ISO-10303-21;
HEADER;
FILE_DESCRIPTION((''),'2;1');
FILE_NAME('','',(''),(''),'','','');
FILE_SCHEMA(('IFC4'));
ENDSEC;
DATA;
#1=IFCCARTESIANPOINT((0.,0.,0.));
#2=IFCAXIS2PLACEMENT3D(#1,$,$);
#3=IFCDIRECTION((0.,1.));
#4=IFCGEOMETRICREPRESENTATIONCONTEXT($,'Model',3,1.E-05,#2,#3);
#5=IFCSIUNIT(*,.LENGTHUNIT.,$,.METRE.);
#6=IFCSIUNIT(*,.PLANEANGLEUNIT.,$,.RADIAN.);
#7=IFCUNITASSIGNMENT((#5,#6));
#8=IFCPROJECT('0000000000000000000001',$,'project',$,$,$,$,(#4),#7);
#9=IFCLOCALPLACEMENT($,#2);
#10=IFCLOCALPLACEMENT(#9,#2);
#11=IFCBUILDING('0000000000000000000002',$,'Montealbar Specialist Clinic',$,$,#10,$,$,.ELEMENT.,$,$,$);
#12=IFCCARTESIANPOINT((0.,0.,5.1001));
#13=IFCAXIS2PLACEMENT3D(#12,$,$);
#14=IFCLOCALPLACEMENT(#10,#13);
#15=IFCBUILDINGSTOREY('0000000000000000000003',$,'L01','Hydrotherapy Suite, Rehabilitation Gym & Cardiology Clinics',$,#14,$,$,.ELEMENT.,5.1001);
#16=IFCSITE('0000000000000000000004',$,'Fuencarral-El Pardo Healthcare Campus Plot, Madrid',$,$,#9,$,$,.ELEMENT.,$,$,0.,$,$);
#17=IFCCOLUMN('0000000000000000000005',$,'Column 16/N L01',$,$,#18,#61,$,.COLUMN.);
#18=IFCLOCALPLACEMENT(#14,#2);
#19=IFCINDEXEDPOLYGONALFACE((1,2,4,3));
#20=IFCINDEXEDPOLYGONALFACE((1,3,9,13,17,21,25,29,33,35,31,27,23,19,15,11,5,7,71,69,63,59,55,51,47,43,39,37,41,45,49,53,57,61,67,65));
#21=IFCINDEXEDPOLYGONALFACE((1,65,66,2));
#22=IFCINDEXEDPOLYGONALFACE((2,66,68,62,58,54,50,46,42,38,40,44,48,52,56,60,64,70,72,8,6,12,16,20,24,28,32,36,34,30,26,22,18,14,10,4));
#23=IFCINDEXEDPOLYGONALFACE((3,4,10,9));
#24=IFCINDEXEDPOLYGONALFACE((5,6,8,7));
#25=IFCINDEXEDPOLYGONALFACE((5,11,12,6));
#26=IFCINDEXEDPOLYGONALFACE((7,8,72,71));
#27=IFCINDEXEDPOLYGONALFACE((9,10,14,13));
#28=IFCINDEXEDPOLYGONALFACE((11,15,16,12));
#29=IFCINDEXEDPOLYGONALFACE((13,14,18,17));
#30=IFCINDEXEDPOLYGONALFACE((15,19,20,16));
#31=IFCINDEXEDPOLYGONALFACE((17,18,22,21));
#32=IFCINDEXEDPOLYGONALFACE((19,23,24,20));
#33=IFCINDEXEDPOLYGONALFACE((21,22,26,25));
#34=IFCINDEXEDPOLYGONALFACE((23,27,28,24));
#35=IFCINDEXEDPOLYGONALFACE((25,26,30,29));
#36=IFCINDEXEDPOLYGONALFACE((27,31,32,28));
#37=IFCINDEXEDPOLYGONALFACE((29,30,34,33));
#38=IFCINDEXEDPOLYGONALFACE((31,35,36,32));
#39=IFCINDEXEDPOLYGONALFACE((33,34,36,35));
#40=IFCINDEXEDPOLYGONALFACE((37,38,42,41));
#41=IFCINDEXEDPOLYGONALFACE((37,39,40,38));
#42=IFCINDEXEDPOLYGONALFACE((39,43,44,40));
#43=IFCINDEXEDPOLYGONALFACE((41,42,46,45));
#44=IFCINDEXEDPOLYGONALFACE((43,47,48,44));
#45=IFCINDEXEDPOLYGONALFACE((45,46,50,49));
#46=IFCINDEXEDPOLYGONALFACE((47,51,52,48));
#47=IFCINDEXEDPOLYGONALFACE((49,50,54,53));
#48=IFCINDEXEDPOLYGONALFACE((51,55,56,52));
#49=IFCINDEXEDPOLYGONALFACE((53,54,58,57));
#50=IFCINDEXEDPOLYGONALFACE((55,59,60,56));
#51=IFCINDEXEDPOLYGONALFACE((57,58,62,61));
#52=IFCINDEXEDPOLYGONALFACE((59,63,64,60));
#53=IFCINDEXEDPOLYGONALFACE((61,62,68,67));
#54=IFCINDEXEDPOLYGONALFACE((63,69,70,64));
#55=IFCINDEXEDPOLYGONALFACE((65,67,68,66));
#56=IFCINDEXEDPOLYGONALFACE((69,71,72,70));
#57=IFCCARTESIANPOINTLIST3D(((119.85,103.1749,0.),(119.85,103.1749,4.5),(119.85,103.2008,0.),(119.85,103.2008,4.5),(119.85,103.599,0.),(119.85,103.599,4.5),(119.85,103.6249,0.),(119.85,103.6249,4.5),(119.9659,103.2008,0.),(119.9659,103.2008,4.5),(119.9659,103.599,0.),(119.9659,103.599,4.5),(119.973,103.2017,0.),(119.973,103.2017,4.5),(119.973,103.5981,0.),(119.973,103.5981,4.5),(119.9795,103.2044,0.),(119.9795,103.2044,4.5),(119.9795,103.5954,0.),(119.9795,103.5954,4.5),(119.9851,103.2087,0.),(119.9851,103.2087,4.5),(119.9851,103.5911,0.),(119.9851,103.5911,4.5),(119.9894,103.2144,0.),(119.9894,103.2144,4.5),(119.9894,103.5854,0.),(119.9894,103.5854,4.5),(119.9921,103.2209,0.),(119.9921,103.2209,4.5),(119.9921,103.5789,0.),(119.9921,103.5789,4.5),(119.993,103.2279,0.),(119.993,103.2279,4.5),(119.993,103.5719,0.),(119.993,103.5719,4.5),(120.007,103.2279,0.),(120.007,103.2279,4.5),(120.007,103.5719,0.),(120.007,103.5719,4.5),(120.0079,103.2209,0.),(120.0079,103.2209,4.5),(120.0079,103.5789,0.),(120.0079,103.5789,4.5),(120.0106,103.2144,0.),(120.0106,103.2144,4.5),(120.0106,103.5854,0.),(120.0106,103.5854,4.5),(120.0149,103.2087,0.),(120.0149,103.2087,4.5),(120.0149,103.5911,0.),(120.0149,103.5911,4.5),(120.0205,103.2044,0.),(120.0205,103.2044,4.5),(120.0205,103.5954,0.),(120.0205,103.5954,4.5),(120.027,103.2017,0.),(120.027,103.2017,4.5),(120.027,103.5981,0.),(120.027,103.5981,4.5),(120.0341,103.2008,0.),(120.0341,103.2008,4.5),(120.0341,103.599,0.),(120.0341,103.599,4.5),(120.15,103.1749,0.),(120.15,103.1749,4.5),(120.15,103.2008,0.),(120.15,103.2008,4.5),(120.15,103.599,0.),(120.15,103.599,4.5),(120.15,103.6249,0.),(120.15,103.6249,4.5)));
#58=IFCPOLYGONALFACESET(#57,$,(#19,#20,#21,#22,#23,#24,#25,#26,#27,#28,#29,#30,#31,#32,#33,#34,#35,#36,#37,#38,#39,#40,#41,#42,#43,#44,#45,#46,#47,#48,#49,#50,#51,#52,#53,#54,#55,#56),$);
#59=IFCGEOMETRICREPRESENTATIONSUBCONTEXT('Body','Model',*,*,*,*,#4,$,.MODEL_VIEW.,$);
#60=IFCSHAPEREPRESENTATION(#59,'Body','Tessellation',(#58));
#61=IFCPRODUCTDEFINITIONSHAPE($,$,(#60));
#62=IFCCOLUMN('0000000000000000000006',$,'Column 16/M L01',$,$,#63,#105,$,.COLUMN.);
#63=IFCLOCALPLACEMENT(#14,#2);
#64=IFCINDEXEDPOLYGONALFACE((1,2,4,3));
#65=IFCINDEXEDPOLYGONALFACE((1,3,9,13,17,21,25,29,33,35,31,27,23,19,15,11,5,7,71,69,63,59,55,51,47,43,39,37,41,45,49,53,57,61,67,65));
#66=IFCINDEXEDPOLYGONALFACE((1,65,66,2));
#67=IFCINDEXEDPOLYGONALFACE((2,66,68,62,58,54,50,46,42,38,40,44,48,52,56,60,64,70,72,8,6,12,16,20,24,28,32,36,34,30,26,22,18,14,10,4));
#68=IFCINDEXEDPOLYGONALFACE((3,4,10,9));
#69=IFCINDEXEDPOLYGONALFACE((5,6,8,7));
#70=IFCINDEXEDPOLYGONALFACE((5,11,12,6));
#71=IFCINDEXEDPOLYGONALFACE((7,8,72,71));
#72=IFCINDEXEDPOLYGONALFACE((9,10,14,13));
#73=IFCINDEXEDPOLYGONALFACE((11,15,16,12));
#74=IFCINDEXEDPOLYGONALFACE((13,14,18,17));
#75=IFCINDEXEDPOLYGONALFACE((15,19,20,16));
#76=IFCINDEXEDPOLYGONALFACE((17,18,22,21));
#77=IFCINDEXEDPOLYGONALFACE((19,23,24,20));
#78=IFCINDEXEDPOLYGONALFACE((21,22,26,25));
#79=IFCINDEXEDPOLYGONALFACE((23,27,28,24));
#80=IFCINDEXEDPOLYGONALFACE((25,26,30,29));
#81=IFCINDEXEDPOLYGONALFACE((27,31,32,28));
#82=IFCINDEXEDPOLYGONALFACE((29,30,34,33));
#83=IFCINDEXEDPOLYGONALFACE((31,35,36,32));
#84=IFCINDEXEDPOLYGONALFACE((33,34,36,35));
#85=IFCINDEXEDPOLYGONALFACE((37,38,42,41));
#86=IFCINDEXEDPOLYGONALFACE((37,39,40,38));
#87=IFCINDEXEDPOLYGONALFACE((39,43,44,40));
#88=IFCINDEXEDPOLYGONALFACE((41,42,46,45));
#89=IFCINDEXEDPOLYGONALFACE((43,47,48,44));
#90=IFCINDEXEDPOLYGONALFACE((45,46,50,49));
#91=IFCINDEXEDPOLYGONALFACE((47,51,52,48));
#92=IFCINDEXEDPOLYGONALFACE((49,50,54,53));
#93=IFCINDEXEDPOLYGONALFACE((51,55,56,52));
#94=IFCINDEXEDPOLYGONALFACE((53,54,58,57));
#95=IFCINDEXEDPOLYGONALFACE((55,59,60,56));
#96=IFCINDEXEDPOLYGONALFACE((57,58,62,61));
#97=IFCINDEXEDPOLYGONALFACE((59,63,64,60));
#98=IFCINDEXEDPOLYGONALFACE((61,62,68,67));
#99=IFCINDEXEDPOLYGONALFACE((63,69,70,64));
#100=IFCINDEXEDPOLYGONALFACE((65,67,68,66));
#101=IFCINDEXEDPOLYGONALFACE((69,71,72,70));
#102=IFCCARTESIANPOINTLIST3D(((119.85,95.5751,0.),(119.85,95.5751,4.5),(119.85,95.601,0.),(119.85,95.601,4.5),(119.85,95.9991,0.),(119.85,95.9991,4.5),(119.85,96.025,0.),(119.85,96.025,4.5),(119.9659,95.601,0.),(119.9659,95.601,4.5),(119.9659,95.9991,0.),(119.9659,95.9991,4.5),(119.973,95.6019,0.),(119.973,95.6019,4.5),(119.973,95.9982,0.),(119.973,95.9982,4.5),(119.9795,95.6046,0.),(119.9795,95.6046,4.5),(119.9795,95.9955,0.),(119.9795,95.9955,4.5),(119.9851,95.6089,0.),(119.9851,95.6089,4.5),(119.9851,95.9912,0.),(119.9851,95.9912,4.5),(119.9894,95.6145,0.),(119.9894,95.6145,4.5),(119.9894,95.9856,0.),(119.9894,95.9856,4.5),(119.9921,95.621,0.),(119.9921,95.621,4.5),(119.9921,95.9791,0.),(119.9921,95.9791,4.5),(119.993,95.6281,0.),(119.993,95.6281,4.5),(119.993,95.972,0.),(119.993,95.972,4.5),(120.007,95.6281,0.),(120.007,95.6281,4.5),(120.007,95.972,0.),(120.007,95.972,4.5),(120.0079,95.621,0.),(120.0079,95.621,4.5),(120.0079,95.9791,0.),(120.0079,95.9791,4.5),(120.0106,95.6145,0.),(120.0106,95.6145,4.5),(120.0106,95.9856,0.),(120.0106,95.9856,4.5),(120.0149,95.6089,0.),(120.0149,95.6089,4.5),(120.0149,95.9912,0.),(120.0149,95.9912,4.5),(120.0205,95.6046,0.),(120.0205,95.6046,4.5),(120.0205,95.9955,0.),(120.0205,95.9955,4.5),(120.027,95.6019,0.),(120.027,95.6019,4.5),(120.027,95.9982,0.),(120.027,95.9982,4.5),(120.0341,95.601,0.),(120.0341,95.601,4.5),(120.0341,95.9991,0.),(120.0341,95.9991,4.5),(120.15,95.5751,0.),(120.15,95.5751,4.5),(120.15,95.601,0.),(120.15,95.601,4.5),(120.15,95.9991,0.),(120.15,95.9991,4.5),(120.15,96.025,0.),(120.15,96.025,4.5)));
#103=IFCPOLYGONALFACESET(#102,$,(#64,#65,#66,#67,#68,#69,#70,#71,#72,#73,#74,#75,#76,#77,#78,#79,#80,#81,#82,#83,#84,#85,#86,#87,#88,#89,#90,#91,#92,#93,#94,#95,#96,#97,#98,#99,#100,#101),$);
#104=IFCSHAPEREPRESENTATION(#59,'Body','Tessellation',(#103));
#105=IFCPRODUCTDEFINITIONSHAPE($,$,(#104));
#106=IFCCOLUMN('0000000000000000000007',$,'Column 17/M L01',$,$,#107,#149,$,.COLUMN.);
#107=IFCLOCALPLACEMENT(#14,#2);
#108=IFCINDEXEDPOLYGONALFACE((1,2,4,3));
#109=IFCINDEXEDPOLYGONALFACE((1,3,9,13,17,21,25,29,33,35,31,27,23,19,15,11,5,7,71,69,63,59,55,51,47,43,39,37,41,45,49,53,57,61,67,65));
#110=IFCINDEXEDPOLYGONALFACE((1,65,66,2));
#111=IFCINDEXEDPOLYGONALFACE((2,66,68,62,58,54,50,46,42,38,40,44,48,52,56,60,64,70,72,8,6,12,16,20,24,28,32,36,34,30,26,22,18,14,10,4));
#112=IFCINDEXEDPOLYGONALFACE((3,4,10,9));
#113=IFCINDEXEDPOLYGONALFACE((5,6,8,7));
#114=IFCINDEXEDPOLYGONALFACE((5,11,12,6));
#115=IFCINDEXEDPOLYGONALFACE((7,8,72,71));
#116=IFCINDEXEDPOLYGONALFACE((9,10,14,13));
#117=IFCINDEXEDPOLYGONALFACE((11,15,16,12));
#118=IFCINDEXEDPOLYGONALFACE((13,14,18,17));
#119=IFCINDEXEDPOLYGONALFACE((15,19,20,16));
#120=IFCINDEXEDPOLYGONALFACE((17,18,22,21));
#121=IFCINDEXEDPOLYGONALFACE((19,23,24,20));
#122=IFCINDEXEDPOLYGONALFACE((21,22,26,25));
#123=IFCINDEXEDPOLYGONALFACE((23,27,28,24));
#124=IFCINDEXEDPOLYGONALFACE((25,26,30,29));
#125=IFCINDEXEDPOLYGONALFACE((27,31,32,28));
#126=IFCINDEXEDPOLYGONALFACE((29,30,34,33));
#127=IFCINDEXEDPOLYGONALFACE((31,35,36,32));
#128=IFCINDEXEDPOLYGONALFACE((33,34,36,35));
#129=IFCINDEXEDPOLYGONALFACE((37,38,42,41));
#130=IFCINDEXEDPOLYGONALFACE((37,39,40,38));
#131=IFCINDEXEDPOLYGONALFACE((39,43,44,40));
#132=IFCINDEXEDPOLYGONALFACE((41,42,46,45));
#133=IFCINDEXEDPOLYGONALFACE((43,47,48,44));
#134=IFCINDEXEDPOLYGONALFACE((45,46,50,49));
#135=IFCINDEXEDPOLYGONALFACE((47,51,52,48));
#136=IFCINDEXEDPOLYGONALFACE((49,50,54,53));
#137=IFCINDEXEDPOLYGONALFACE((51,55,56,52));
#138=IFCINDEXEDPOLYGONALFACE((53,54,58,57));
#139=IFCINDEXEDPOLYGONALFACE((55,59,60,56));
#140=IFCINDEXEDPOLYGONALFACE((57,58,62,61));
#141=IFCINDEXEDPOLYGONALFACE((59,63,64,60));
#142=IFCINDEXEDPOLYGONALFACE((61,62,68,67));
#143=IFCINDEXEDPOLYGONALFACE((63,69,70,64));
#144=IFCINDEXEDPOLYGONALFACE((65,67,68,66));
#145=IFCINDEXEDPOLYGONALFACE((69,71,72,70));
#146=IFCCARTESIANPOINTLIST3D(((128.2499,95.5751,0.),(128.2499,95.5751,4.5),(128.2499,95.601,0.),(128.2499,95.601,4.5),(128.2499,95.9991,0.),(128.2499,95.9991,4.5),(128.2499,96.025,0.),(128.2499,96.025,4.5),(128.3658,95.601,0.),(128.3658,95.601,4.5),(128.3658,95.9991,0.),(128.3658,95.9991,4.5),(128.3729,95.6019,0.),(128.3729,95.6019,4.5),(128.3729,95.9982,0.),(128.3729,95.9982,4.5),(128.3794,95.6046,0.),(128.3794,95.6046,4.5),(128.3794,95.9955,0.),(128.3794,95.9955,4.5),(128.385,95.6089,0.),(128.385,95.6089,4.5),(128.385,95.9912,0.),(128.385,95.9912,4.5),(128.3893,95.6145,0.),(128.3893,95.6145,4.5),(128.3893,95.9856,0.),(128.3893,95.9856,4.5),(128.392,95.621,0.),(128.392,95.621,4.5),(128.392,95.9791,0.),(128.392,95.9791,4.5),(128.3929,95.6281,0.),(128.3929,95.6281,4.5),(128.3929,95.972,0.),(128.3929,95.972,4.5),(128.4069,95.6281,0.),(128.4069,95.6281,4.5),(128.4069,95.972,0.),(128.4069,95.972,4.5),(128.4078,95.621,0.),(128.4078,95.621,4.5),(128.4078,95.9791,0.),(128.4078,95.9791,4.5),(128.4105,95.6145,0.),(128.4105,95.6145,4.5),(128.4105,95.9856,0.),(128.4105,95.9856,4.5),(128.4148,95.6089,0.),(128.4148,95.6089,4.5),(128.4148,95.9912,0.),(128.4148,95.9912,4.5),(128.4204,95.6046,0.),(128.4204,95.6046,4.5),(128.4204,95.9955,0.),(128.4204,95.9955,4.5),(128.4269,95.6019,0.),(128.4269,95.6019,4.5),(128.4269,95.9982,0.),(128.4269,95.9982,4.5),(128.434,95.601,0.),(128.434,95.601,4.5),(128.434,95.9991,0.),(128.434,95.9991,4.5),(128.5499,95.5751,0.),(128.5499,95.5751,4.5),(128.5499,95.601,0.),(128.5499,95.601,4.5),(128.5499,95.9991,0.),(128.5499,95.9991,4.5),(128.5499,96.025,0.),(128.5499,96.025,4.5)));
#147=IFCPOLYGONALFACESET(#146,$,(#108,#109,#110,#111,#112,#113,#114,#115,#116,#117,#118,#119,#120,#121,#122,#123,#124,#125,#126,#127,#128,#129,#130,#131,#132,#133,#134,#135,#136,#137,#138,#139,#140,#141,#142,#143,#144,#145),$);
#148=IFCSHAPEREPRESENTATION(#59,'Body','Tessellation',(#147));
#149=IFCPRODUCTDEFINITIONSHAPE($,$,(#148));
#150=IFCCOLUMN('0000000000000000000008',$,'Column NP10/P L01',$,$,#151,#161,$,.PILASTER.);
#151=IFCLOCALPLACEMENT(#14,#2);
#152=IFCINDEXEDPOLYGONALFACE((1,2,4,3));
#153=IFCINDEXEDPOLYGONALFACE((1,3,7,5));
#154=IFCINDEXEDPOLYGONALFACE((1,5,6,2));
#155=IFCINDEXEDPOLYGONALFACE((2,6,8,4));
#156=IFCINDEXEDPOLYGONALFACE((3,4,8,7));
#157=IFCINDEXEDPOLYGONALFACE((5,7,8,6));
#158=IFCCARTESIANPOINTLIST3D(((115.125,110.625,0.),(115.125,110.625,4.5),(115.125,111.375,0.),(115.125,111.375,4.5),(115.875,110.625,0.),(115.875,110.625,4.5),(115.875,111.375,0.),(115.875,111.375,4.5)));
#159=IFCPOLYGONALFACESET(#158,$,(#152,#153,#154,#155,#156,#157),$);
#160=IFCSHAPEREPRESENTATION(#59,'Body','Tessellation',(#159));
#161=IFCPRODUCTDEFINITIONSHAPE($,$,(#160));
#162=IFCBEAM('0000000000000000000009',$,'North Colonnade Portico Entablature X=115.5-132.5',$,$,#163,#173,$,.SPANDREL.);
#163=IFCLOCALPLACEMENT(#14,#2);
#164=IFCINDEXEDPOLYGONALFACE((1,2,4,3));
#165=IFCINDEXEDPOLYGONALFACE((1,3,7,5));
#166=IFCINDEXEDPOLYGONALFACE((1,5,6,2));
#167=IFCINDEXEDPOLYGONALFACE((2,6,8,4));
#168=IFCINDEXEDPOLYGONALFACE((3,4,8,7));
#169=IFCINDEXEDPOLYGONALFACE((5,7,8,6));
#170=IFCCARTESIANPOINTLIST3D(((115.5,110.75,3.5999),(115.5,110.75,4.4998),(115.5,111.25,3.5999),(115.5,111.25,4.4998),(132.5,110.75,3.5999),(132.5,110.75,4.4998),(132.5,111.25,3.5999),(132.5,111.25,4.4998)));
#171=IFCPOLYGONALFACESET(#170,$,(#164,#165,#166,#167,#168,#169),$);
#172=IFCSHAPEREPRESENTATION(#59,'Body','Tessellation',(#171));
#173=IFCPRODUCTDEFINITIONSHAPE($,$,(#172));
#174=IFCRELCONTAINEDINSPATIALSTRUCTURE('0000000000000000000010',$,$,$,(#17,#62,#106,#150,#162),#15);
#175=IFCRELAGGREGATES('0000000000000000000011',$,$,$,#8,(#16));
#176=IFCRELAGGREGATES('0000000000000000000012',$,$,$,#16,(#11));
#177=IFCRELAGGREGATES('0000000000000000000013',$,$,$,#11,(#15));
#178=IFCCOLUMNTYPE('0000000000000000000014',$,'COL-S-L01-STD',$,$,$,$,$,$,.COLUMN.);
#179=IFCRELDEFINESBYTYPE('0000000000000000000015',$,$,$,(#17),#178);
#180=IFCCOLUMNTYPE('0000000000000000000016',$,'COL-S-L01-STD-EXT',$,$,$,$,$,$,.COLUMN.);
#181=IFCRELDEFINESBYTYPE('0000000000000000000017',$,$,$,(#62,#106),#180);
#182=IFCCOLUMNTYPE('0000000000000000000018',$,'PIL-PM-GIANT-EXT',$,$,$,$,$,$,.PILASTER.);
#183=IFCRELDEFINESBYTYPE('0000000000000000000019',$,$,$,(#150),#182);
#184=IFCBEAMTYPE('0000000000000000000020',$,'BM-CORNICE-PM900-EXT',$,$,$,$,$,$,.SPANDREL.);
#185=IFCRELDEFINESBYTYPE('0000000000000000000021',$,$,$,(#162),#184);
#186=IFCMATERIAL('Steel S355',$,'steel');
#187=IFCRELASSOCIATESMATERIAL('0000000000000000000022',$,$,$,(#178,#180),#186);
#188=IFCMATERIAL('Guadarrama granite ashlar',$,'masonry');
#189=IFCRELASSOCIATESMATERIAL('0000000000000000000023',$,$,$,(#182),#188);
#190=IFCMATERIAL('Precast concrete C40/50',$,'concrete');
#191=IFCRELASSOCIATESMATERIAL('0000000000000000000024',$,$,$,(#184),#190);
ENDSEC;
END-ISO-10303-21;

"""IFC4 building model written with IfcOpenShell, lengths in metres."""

from ifc_helpers import new_model, si_unit, direction, frame, origin, origin_2d, place, context, subcontext, project, spatial, rectangle, i_section, extrude, material, material_profile, profile_set, type_object, element, save


model = new_model("IFC4")

# Units and contexts
model_context = context("Model", 3, precision=1e-05, world=origin(), true_north=direction((0.0, 1.0)))
body_context = subcontext(model_context, "Body", "Model", "MODEL_VIEW")
ifc_project = project(units=[si_unit("LENGTHUNIT", "METRE"), si_unit("PLANEANGLEUNIT", "RADIAN")], contexts=[model_context])

# Site, building, storey
site_placement = place(None, origin())
site = spatial("IfcSite", under=ifc_project, at=site_placement, Name="Fuencarral-El Pardo Healthcare Campus Plot, Madrid", CompositionType="ELEMENT", RefElevation=0.0)
building_placement = place(site_placement, origin())
building = spatial("IfcBuilding", under=site, at=building_placement, Name="Montealbar Specialist Clinic", CompositionType="ELEMENT")
storey_placement = place(building_placement, frame((0.0, 0.0, 5.1001)))
storey = spatial("IfcBuildingStorey", under=building, at=storey_placement, Name="L01", Description="Hydrotherapy Suite, Rehabilitation Gym & Cardiology Clinics", CompositionType="ELEMENT", Elevation=5.1001)

# Columns
ifc_material_1 = material(Name="Steel S355", Category="steel")
ifc_material_profile_1 = material_profile(ifc_material_1, i_section(OverallWidth=0.3, OverallDepth=0.45, WebThickness=0.0139, FlangeThickness=0.0259, FilletRadius=0.0271, at=origin_2d()), Name="HEB 450", Category="steel")
ifc_profile_set_1 = profile_set([ifc_material_profile_1], Name="Steel S355")
column_type_1 = type_object("IfcColumnType", Name="COL-S-L01-STD", PredefinedType="COLUMN", material=ifc_profile_set_1)
column_1_placement = place(storey_placement, frame((120.0, 103.3999, 0.0), z_axis=(0.0, 0.0, 1.0), x_axis=(1.0, 0.0, 0.0)))
element("IfcColumn", 1, at=column_1_placement, inside=storey, type_object=column_type_1, Name="Column 16/N L01", PredefinedType="COLUMN", context=body_context, shape_type="SweptSolid", body=[
    extrude(i_section(OverallWidth=0.3, OverallDepth=0.45, WebThickness=0.0139, FlangeThickness=0.0259, FilletRadius=0.0271, at=origin_2d()), origin(), (0.0, 0.0, 1.0), 4.5),
])
ifc_material_profile_2 = material_profile(ifc_material_1, i_section(OverallWidth=0.3, OverallDepth=0.45, WebThickness=0.0139, FlangeThickness=0.0259, FilletRadius=0.0271, at=origin_2d()), Name="HEB 450", Category="steel")
ifc_profile_set_2 = profile_set([ifc_material_profile_2], Name="Steel S355")
column_type_2 = type_object("IfcColumnType", Name="COL-S-L01-STD-EXT", PredefinedType="COLUMN", material=ifc_profile_set_2)
for number, where, z_axis, x_axis, name in (
    (2, (120.0, 95.8, 0.0), (0.0, 0.0, 1.0), (1.0, 0.0, 0.0), "Column 16/M L01"),
    (3, (128.3999, 95.8, 0.0), (0.0, 0.0, 1.0), (1.0, 0.0, 0.0), "Column 17/M L01"),
):
    element("IfcColumn", number, at=place(storey_placement, frame(where, z_axis=z_axis, x_axis=x_axis)), inside=storey, type_object=column_type_2, Name=name, PredefinedType="COLUMN", context=body_context, shape_type="SweptSolid", body=[
        extrude(i_section(OverallWidth=0.3, OverallDepth=0.45, WebThickness=0.0139, FlangeThickness=0.0259, FilletRadius=0.0271, at=origin_2d()), origin(), (0.0, 0.0, 1.0), 4.5),
    ])
ifc_material_2 = material(Name="Guadarrama granite ashlar", Category="masonry")
ifc_material_profile_3 = material_profile(ifc_material_2, rectangle(XDim=0.75, YDim=0.75, at=origin_2d()), Name="GRANITE PILASTER 750x750", Category="masonry")
ifc_profile_set_3 = profile_set([ifc_material_profile_3], Name="Guadarrama granite ashlar")
column_type_3 = type_object("IfcColumnType", Name="PIL-PM-GIANT-EXT", PredefinedType="PILASTER", material=ifc_profile_set_3)
column_2_placement = place(storey_placement, frame((115.5, 111.0, 0.0), z_axis=(0.0, 0.0, 1.0), x_axis=(1.0, 0.0, 0.0)))
element("IfcColumn", 4, at=column_2_placement, inside=storey, type_object=column_type_3, Name="Column NP10/P L01", PredefinedType="PILASTER", context=body_context, shape_type="SweptSolid", body=[
    extrude(rectangle(XDim=0.75, YDim=0.75, at=origin_2d()), origin(), (0.0, 0.0, 1.0), 4.5),
])

# Beam
ifc_material_3 = material(Name="Precast concrete C40/50", Category="concrete")
ifc_material_profile_4 = material_profile(ifc_material_3, rectangle(XDim=0.5, YDim=0.8999, at=origin_2d()), Name="PRECAST CORNICE 500x900", Category="concrete")
ifc_profile_set_4 = profile_set([ifc_material_profile_4], Name="Precast concrete C40/50")
beam_type_1 = type_object("IfcBeamType", Name="BM-CORNICE-PM900-EXT", PredefinedType="SPANDREL", material=ifc_profile_set_4)
beam_1_placement = place(storey_placement, frame((115.5, 111.0, 4.0498), z_axis=(1.0, 0.0, 0.0), x_axis=(0.0, 1.0, 0.0)))
element("IfcBeam", 5, at=beam_1_placement, inside=storey, type_object=beam_type_1, Name="North Colonnade Portico Entablature X=115.5-132.5", PredefinedType="SPANDREL", context=body_context, shape_type="SweptSolid", body=[
    extrude(rectangle(XDim=0.5, YDim=0.8999, at=origin_2d()), origin(), (0.0, 0.0, 1.0), 17.0),
])

save(model, "model.ifc")
